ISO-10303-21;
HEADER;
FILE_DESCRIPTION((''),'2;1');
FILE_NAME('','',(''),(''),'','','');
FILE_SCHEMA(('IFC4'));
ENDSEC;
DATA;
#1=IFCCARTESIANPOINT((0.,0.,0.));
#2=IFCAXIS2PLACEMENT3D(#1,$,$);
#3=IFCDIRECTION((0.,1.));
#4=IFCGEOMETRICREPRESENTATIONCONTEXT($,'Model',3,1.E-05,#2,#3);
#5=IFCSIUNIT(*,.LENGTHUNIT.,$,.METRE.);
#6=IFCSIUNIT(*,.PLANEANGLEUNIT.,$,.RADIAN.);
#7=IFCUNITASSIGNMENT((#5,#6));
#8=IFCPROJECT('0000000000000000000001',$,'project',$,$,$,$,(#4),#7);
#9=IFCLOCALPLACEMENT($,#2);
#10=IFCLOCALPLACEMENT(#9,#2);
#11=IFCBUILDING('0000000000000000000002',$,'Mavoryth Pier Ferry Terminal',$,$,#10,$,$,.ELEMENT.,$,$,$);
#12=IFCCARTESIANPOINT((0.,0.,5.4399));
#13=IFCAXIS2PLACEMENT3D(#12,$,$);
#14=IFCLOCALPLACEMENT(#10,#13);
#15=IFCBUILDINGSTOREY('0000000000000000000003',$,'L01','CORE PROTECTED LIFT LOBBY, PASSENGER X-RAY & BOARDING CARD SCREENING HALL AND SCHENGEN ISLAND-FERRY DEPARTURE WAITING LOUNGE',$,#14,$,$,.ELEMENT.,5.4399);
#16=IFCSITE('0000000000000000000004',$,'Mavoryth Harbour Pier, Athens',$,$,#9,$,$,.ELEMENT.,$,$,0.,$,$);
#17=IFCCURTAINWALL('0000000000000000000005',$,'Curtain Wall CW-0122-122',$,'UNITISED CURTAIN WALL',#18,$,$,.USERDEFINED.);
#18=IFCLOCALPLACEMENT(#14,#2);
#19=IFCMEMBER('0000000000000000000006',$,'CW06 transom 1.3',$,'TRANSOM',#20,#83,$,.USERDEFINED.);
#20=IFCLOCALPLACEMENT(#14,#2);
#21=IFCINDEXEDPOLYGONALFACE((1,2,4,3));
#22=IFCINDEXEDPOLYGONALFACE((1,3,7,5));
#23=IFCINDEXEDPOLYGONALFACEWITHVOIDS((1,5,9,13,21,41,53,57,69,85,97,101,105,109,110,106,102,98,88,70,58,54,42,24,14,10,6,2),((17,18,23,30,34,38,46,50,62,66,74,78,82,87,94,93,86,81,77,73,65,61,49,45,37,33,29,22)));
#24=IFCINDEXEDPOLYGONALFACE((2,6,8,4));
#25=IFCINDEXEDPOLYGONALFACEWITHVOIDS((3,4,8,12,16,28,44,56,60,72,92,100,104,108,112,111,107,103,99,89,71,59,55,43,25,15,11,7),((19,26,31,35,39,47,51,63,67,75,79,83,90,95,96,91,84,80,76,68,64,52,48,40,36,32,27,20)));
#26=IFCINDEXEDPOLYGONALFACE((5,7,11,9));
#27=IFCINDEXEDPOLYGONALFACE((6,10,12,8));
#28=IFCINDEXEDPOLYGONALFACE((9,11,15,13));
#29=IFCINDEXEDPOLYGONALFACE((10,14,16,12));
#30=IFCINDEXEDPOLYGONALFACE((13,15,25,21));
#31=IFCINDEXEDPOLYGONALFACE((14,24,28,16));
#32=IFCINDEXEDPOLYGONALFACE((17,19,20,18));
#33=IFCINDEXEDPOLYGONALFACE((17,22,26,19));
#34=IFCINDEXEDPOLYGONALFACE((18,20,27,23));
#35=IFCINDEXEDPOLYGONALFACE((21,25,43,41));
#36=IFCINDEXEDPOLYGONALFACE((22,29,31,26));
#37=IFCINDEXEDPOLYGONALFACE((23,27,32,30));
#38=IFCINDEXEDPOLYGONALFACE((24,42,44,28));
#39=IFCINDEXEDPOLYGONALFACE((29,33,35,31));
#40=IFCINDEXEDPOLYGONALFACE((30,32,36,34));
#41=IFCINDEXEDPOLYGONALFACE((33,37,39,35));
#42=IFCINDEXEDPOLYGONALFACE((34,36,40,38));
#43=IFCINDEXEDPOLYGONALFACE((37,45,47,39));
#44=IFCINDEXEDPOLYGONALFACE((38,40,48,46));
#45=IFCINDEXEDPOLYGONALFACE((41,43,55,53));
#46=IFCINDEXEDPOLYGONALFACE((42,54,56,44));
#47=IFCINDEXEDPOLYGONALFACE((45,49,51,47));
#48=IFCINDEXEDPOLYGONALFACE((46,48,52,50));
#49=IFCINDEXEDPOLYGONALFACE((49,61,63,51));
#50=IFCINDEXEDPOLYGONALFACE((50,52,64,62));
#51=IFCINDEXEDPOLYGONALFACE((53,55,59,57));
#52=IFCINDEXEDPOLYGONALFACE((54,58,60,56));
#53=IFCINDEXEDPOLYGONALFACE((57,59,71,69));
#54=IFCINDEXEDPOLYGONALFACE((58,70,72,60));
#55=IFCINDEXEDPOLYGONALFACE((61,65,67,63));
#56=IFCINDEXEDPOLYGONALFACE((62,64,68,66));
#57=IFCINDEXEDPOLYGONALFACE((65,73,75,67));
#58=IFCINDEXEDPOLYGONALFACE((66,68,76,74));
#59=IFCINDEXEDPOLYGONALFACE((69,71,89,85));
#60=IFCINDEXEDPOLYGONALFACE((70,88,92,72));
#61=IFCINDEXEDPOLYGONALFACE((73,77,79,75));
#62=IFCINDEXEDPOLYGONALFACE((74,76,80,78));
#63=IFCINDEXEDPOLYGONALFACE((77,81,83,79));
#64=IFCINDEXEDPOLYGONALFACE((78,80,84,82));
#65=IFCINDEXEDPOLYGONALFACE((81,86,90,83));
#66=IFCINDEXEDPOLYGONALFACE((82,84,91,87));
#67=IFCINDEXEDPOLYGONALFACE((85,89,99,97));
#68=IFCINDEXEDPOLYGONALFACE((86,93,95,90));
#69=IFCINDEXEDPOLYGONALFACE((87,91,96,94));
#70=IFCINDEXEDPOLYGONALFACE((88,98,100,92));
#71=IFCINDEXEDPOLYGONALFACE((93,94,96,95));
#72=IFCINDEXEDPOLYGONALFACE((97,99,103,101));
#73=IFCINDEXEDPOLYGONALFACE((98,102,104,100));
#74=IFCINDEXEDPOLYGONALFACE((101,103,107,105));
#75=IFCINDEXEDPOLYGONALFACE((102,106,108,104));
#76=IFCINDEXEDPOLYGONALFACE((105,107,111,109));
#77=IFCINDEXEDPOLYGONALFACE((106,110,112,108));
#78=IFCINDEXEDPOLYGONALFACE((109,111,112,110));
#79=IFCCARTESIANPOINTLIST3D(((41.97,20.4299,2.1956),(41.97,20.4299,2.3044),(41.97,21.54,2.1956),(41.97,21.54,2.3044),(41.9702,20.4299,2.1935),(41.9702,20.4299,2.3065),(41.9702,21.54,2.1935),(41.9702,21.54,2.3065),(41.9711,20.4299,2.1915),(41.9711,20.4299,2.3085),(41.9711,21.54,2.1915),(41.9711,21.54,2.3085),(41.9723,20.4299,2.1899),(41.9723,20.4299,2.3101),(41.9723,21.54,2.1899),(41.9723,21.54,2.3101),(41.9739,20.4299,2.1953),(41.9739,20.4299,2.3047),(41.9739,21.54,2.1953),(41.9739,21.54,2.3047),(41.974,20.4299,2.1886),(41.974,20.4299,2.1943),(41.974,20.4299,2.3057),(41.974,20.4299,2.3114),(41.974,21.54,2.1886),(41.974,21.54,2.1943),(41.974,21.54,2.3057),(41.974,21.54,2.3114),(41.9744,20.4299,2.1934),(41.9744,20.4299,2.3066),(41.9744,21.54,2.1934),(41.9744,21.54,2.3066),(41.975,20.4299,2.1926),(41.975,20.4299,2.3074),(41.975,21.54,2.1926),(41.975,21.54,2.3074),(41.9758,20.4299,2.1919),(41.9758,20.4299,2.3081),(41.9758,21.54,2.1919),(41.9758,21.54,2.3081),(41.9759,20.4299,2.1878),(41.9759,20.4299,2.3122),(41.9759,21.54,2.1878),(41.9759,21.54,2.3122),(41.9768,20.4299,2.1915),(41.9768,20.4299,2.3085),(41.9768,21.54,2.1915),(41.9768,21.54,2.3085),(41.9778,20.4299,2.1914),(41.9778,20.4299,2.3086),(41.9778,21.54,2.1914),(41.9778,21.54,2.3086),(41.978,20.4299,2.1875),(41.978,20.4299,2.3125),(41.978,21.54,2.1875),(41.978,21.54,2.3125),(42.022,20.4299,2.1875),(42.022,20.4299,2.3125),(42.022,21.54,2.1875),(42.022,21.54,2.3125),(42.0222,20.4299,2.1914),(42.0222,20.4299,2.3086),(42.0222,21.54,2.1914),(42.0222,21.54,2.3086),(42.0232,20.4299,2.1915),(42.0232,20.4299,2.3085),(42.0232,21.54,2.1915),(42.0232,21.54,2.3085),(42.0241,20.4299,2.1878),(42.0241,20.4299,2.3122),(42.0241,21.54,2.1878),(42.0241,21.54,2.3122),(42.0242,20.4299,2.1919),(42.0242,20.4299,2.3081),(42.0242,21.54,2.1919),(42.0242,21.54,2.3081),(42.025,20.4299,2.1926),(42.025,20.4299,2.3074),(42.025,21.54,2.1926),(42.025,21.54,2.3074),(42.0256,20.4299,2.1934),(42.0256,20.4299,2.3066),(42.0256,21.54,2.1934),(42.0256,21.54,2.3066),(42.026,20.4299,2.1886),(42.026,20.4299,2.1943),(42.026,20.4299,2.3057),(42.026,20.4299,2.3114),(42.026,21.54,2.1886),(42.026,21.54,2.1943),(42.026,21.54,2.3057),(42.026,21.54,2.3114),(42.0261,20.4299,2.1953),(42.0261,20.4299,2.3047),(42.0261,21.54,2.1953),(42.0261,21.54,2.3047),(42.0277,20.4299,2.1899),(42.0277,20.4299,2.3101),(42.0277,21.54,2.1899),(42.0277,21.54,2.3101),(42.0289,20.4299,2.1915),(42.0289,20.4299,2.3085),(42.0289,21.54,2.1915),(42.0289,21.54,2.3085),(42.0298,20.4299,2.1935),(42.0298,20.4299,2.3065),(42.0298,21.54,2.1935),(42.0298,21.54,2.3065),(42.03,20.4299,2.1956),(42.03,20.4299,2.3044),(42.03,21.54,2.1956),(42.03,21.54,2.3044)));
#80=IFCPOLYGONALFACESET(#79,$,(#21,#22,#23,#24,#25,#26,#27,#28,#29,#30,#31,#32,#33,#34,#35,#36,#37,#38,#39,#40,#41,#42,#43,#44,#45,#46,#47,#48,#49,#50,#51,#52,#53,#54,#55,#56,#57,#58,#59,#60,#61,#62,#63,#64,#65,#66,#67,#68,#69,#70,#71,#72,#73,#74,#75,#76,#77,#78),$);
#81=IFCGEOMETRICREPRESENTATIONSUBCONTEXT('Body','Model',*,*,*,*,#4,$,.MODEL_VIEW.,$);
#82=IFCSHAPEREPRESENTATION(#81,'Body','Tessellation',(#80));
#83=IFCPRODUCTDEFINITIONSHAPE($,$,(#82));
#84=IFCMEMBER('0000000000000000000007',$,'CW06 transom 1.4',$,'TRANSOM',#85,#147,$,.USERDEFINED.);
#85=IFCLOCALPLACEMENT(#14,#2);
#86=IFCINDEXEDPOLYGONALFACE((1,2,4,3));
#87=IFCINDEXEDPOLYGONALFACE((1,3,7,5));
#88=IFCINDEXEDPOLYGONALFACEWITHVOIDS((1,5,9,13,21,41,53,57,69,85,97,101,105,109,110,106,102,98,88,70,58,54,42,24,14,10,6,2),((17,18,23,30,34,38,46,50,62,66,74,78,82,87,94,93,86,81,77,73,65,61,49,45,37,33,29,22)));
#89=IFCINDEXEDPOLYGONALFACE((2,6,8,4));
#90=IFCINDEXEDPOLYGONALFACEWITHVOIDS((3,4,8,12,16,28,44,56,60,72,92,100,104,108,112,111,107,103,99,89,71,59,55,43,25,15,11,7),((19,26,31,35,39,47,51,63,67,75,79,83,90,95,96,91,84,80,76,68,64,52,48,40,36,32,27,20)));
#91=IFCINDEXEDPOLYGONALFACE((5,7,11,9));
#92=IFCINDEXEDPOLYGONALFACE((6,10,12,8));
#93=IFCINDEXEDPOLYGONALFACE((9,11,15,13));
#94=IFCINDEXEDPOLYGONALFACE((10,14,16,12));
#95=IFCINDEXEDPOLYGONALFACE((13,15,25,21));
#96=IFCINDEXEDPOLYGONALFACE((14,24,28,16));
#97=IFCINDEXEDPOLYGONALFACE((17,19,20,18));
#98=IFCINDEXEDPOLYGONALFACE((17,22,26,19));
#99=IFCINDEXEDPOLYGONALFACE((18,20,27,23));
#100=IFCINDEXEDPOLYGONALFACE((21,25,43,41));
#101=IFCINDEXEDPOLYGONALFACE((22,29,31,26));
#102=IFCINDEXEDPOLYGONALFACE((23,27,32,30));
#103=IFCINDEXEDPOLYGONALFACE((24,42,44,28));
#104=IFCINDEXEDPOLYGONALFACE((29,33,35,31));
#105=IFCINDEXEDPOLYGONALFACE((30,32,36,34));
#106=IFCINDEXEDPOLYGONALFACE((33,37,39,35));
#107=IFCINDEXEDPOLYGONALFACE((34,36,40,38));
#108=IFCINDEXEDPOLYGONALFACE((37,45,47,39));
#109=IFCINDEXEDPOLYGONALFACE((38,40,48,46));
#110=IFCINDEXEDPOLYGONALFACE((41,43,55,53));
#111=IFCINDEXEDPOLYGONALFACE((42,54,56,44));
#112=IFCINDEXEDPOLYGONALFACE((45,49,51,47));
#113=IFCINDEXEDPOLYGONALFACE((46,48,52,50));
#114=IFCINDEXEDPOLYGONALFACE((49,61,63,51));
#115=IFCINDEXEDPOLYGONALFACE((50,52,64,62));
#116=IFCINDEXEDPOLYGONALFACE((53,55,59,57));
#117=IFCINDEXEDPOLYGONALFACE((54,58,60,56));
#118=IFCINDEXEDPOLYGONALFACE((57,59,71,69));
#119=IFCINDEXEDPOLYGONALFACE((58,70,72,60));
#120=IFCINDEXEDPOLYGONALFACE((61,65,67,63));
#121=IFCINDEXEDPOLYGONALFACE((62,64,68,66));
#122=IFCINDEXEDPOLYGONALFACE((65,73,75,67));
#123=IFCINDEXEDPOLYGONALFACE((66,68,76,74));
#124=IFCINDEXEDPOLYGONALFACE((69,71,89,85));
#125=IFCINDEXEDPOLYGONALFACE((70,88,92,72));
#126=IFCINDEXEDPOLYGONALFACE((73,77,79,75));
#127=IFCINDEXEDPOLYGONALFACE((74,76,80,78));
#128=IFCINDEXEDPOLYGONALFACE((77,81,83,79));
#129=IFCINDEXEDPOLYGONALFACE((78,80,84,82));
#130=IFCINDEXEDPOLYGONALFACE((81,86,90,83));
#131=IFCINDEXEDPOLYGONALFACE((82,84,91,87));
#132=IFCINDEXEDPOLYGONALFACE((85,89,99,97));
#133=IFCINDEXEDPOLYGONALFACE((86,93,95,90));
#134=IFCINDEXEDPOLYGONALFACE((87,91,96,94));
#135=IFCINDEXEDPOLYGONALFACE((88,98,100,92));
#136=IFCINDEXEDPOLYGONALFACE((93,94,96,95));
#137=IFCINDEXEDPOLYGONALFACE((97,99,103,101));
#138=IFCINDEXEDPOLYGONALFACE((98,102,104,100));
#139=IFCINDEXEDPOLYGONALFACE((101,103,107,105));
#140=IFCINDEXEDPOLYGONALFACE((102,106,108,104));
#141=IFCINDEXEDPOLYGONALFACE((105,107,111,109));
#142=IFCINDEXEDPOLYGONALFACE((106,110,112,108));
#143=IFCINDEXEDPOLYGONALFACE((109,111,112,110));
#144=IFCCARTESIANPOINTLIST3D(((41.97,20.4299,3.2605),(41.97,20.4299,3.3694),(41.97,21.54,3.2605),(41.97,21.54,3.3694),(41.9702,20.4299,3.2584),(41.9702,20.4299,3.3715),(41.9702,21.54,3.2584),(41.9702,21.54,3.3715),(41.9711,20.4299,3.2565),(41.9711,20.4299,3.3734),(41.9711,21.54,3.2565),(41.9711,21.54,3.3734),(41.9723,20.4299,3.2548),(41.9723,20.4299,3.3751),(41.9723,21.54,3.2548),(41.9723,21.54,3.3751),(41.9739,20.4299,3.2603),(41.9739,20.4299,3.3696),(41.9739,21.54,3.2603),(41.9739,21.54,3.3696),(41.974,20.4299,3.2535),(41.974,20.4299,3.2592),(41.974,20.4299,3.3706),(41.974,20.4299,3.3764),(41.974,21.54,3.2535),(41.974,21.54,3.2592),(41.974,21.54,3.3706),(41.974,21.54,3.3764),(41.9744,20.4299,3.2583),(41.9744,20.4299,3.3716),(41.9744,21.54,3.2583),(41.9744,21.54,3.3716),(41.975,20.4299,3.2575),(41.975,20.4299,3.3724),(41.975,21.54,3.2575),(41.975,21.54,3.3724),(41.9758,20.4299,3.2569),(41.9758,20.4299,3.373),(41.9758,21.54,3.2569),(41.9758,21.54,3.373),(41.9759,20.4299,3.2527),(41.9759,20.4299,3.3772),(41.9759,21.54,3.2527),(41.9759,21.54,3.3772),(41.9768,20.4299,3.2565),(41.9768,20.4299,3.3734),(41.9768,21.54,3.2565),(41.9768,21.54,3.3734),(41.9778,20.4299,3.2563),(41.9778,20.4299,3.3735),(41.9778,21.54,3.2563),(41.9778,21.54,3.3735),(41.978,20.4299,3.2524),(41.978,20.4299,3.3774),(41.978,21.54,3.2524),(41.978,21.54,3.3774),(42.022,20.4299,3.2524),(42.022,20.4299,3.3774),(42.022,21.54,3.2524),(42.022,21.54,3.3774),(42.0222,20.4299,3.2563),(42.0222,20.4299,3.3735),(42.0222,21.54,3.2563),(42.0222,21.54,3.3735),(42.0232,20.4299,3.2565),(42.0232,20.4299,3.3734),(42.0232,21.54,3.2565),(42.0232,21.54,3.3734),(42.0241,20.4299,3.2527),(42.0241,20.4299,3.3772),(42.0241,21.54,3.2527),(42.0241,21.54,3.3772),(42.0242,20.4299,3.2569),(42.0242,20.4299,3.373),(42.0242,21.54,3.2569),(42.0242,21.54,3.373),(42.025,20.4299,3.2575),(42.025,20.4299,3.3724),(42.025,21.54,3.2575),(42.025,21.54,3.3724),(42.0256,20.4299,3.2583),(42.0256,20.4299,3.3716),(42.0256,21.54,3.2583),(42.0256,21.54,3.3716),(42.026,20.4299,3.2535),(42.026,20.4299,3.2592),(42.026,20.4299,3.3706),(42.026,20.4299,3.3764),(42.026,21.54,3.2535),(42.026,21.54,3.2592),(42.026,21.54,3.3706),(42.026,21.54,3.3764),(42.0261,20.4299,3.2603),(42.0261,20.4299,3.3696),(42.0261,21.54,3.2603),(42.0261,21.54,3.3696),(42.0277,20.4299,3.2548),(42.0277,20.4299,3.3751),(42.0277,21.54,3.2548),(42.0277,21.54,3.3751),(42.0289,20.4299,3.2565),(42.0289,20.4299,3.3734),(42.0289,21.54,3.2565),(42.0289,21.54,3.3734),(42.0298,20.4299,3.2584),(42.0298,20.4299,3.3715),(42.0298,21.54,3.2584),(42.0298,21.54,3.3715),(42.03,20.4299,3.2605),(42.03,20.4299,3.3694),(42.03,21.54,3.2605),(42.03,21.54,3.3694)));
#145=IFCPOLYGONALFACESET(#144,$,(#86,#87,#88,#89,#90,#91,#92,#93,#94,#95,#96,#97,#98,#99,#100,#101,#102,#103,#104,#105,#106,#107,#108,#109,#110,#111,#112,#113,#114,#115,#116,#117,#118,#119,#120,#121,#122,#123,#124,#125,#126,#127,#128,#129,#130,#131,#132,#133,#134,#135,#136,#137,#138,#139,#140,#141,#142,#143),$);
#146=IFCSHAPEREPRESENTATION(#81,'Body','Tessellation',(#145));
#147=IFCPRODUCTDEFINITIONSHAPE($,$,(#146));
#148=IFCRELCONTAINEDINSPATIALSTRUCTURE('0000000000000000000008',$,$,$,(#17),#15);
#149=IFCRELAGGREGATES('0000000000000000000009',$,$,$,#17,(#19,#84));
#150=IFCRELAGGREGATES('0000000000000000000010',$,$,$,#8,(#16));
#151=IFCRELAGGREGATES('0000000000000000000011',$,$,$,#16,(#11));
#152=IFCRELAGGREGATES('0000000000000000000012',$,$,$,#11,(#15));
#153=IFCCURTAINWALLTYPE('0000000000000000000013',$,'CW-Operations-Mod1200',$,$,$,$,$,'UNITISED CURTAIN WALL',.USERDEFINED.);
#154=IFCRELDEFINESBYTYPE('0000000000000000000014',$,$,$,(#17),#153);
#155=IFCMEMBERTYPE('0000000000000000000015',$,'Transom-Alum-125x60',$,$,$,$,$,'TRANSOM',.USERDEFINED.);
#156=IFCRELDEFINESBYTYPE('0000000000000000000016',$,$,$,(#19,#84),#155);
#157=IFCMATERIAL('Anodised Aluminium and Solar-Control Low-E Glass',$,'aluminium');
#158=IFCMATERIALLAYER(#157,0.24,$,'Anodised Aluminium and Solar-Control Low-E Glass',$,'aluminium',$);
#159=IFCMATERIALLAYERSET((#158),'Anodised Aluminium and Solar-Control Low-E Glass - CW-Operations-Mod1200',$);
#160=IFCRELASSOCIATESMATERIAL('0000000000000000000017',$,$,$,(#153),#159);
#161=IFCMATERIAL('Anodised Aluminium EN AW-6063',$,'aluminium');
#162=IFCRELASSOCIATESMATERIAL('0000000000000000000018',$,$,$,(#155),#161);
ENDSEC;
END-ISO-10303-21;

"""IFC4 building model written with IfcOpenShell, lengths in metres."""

from ifc_helpers import new_model, si_unit, direction, frame, origin, origin_2d, place, context, subcontext, project, spatial, hollow_rectangle, extrude, material, layer, layer_set, material_profile, profile_set, type_object, element, aggregate, save


model = new_model("IFC4")

# Units and contexts
model_context = context("Model", 3, precision=1e-05, world=origin(), true_north=direction((0.0, 1.0)))
body_context = subcontext(model_context, "Body", "Model", "MODEL_VIEW")
ifc_project = project(units=[si_unit("LENGTHUNIT", "METRE"), si_unit("PLANEANGLEUNIT", "RADIAN")], contexts=[model_context])

# Site, building, storey
site_placement = place(None, origin())
site = spatial("IfcSite", under=ifc_project, at=site_placement, Name="Mavoryth Harbour Pier, Athens", CompositionType="ELEMENT", RefElevation=0.0)
building_placement = place(site_placement, origin())
building = spatial("IfcBuilding", under=site, at=building_placement, Name="Mavoryth Pier Ferry Terminal", CompositionType="ELEMENT")
storey_placement = place(building_placement, frame((0.0, 0.0, 5.4399)))
storey = spatial("IfcBuildingStorey", under=building, at=storey_placement, Name="L01", Description="CORE PROTECTED LIFT LOBBY, PASSENGER X-RAY & BOARDING CARD SCREENING HALL AND SCHENGEN ISLAND-FERRY DEPARTURE WAITING LOUNGE", CompositionType="ELEMENT", Elevation=5.4399)

# Curtain wall, members
ifc_material_1 = material(Name="Anodised Aluminium and Solar-Control Low-E Glass", Category="aluminium")
ifc_layer_1 = layer(ifc_material_1, 0.24, Name="Anodised Aluminium and Solar-Control Low-E Glass", Category="aluminium")
ifc_layer_set_1 = layer_set([ifc_layer_1], Name="Anodised Aluminium and Solar-Control Low-E Glass - CW-Operations-Mod1200")
curtain_wall_type = type_object("IfcCurtainWallType", Name="CW-Operations-Mod1200", ElementType="UNITISED CURTAIN WALL", PredefinedType="USERDEFINED", material=ifc_layer_set_1)
curtain_wall_placement = place(storey_placement, origin())
curtain_wall = element("IfcCurtainWall", 1, at=curtain_wall_placement, inside=storey, type_object=curtain_wall_type, Name="Curtain Wall CW-0122-122", ObjectType="UNITISED CURTAIN WALL", PredefinedType="USERDEFINED")
ifc_material_2 = material(Name="Anodised Aluminium EN AW-6063", Category="aluminium")
ifc_material_profile_1 = material_profile(ifc_material_2, hollow_rectangle(XDim=0.0601, YDim=0.125, WallThickness=0.0039, InnerFilletRadius=0.0039, OuterFilletRadius=0.0081, at=origin_2d()), Name="AL-TRAN 125x60x4", Category="aluminium")
ifc_profile_set_1 = profile_set([ifc_material_profile_1], Name="Anodised Aluminium EN AW-6063 - AL-TRAN 125x60x4")
member_type_1 = type_object("IfcMemberType", Name="Transom-Alum-125x60", ElementType="TRANSOM", PredefinedType="USERDEFINED", material=ifc_profile_set_1)
member_1_placement = place(storey_placement, frame((42.0, 21.54, 2.25), z_axis=(0.0, -1.0, 0.0), x_axis=(1.0, 0.0, 0.0)))
member_1 = element("IfcMember", 2, at=member_1_placement, type_object=member_type_1, Name="CW06 transom 1.3", ObjectType="TRANSOM", PredefinedType="USERDEFINED", context=body_context, shape_type="SweptSolid", body=[
    extrude(hollow_rectangle(XDim=0.0601, YDim=0.125, WallThickness=0.0039, InnerFilletRadius=0.0039, OuterFilletRadius=0.0081, at=origin_2d()), origin(), (0.0, 0.0, 1.0), 1.1101),
])
member_2_placement = place(storey_placement, frame((42.0, 21.54, 3.3149), z_axis=(0.0, -1.0, 0.0), x_axis=(1.0, 0.0, 0.0)))
member_2 = element("IfcMember", 3, at=member_2_placement, type_object=member_type_1, Name="CW06 transom 1.4", ObjectType="TRANSOM", PredefinedType="USERDEFINED", context=body_context, shape_type="SweptSolid", body=[
    extrude(hollow_rectangle(XDim=0.0601, YDim=0.125, WallThickness=0.0039, InnerFilletRadius=0.0039, OuterFilletRadius=0.0081, at=origin_2d()), origin(), (0.0, 0.0, 1.0), 1.1101),
])
aggregate(curtain_wall, [member_1, member_2])

save(model, "model.ifc")
